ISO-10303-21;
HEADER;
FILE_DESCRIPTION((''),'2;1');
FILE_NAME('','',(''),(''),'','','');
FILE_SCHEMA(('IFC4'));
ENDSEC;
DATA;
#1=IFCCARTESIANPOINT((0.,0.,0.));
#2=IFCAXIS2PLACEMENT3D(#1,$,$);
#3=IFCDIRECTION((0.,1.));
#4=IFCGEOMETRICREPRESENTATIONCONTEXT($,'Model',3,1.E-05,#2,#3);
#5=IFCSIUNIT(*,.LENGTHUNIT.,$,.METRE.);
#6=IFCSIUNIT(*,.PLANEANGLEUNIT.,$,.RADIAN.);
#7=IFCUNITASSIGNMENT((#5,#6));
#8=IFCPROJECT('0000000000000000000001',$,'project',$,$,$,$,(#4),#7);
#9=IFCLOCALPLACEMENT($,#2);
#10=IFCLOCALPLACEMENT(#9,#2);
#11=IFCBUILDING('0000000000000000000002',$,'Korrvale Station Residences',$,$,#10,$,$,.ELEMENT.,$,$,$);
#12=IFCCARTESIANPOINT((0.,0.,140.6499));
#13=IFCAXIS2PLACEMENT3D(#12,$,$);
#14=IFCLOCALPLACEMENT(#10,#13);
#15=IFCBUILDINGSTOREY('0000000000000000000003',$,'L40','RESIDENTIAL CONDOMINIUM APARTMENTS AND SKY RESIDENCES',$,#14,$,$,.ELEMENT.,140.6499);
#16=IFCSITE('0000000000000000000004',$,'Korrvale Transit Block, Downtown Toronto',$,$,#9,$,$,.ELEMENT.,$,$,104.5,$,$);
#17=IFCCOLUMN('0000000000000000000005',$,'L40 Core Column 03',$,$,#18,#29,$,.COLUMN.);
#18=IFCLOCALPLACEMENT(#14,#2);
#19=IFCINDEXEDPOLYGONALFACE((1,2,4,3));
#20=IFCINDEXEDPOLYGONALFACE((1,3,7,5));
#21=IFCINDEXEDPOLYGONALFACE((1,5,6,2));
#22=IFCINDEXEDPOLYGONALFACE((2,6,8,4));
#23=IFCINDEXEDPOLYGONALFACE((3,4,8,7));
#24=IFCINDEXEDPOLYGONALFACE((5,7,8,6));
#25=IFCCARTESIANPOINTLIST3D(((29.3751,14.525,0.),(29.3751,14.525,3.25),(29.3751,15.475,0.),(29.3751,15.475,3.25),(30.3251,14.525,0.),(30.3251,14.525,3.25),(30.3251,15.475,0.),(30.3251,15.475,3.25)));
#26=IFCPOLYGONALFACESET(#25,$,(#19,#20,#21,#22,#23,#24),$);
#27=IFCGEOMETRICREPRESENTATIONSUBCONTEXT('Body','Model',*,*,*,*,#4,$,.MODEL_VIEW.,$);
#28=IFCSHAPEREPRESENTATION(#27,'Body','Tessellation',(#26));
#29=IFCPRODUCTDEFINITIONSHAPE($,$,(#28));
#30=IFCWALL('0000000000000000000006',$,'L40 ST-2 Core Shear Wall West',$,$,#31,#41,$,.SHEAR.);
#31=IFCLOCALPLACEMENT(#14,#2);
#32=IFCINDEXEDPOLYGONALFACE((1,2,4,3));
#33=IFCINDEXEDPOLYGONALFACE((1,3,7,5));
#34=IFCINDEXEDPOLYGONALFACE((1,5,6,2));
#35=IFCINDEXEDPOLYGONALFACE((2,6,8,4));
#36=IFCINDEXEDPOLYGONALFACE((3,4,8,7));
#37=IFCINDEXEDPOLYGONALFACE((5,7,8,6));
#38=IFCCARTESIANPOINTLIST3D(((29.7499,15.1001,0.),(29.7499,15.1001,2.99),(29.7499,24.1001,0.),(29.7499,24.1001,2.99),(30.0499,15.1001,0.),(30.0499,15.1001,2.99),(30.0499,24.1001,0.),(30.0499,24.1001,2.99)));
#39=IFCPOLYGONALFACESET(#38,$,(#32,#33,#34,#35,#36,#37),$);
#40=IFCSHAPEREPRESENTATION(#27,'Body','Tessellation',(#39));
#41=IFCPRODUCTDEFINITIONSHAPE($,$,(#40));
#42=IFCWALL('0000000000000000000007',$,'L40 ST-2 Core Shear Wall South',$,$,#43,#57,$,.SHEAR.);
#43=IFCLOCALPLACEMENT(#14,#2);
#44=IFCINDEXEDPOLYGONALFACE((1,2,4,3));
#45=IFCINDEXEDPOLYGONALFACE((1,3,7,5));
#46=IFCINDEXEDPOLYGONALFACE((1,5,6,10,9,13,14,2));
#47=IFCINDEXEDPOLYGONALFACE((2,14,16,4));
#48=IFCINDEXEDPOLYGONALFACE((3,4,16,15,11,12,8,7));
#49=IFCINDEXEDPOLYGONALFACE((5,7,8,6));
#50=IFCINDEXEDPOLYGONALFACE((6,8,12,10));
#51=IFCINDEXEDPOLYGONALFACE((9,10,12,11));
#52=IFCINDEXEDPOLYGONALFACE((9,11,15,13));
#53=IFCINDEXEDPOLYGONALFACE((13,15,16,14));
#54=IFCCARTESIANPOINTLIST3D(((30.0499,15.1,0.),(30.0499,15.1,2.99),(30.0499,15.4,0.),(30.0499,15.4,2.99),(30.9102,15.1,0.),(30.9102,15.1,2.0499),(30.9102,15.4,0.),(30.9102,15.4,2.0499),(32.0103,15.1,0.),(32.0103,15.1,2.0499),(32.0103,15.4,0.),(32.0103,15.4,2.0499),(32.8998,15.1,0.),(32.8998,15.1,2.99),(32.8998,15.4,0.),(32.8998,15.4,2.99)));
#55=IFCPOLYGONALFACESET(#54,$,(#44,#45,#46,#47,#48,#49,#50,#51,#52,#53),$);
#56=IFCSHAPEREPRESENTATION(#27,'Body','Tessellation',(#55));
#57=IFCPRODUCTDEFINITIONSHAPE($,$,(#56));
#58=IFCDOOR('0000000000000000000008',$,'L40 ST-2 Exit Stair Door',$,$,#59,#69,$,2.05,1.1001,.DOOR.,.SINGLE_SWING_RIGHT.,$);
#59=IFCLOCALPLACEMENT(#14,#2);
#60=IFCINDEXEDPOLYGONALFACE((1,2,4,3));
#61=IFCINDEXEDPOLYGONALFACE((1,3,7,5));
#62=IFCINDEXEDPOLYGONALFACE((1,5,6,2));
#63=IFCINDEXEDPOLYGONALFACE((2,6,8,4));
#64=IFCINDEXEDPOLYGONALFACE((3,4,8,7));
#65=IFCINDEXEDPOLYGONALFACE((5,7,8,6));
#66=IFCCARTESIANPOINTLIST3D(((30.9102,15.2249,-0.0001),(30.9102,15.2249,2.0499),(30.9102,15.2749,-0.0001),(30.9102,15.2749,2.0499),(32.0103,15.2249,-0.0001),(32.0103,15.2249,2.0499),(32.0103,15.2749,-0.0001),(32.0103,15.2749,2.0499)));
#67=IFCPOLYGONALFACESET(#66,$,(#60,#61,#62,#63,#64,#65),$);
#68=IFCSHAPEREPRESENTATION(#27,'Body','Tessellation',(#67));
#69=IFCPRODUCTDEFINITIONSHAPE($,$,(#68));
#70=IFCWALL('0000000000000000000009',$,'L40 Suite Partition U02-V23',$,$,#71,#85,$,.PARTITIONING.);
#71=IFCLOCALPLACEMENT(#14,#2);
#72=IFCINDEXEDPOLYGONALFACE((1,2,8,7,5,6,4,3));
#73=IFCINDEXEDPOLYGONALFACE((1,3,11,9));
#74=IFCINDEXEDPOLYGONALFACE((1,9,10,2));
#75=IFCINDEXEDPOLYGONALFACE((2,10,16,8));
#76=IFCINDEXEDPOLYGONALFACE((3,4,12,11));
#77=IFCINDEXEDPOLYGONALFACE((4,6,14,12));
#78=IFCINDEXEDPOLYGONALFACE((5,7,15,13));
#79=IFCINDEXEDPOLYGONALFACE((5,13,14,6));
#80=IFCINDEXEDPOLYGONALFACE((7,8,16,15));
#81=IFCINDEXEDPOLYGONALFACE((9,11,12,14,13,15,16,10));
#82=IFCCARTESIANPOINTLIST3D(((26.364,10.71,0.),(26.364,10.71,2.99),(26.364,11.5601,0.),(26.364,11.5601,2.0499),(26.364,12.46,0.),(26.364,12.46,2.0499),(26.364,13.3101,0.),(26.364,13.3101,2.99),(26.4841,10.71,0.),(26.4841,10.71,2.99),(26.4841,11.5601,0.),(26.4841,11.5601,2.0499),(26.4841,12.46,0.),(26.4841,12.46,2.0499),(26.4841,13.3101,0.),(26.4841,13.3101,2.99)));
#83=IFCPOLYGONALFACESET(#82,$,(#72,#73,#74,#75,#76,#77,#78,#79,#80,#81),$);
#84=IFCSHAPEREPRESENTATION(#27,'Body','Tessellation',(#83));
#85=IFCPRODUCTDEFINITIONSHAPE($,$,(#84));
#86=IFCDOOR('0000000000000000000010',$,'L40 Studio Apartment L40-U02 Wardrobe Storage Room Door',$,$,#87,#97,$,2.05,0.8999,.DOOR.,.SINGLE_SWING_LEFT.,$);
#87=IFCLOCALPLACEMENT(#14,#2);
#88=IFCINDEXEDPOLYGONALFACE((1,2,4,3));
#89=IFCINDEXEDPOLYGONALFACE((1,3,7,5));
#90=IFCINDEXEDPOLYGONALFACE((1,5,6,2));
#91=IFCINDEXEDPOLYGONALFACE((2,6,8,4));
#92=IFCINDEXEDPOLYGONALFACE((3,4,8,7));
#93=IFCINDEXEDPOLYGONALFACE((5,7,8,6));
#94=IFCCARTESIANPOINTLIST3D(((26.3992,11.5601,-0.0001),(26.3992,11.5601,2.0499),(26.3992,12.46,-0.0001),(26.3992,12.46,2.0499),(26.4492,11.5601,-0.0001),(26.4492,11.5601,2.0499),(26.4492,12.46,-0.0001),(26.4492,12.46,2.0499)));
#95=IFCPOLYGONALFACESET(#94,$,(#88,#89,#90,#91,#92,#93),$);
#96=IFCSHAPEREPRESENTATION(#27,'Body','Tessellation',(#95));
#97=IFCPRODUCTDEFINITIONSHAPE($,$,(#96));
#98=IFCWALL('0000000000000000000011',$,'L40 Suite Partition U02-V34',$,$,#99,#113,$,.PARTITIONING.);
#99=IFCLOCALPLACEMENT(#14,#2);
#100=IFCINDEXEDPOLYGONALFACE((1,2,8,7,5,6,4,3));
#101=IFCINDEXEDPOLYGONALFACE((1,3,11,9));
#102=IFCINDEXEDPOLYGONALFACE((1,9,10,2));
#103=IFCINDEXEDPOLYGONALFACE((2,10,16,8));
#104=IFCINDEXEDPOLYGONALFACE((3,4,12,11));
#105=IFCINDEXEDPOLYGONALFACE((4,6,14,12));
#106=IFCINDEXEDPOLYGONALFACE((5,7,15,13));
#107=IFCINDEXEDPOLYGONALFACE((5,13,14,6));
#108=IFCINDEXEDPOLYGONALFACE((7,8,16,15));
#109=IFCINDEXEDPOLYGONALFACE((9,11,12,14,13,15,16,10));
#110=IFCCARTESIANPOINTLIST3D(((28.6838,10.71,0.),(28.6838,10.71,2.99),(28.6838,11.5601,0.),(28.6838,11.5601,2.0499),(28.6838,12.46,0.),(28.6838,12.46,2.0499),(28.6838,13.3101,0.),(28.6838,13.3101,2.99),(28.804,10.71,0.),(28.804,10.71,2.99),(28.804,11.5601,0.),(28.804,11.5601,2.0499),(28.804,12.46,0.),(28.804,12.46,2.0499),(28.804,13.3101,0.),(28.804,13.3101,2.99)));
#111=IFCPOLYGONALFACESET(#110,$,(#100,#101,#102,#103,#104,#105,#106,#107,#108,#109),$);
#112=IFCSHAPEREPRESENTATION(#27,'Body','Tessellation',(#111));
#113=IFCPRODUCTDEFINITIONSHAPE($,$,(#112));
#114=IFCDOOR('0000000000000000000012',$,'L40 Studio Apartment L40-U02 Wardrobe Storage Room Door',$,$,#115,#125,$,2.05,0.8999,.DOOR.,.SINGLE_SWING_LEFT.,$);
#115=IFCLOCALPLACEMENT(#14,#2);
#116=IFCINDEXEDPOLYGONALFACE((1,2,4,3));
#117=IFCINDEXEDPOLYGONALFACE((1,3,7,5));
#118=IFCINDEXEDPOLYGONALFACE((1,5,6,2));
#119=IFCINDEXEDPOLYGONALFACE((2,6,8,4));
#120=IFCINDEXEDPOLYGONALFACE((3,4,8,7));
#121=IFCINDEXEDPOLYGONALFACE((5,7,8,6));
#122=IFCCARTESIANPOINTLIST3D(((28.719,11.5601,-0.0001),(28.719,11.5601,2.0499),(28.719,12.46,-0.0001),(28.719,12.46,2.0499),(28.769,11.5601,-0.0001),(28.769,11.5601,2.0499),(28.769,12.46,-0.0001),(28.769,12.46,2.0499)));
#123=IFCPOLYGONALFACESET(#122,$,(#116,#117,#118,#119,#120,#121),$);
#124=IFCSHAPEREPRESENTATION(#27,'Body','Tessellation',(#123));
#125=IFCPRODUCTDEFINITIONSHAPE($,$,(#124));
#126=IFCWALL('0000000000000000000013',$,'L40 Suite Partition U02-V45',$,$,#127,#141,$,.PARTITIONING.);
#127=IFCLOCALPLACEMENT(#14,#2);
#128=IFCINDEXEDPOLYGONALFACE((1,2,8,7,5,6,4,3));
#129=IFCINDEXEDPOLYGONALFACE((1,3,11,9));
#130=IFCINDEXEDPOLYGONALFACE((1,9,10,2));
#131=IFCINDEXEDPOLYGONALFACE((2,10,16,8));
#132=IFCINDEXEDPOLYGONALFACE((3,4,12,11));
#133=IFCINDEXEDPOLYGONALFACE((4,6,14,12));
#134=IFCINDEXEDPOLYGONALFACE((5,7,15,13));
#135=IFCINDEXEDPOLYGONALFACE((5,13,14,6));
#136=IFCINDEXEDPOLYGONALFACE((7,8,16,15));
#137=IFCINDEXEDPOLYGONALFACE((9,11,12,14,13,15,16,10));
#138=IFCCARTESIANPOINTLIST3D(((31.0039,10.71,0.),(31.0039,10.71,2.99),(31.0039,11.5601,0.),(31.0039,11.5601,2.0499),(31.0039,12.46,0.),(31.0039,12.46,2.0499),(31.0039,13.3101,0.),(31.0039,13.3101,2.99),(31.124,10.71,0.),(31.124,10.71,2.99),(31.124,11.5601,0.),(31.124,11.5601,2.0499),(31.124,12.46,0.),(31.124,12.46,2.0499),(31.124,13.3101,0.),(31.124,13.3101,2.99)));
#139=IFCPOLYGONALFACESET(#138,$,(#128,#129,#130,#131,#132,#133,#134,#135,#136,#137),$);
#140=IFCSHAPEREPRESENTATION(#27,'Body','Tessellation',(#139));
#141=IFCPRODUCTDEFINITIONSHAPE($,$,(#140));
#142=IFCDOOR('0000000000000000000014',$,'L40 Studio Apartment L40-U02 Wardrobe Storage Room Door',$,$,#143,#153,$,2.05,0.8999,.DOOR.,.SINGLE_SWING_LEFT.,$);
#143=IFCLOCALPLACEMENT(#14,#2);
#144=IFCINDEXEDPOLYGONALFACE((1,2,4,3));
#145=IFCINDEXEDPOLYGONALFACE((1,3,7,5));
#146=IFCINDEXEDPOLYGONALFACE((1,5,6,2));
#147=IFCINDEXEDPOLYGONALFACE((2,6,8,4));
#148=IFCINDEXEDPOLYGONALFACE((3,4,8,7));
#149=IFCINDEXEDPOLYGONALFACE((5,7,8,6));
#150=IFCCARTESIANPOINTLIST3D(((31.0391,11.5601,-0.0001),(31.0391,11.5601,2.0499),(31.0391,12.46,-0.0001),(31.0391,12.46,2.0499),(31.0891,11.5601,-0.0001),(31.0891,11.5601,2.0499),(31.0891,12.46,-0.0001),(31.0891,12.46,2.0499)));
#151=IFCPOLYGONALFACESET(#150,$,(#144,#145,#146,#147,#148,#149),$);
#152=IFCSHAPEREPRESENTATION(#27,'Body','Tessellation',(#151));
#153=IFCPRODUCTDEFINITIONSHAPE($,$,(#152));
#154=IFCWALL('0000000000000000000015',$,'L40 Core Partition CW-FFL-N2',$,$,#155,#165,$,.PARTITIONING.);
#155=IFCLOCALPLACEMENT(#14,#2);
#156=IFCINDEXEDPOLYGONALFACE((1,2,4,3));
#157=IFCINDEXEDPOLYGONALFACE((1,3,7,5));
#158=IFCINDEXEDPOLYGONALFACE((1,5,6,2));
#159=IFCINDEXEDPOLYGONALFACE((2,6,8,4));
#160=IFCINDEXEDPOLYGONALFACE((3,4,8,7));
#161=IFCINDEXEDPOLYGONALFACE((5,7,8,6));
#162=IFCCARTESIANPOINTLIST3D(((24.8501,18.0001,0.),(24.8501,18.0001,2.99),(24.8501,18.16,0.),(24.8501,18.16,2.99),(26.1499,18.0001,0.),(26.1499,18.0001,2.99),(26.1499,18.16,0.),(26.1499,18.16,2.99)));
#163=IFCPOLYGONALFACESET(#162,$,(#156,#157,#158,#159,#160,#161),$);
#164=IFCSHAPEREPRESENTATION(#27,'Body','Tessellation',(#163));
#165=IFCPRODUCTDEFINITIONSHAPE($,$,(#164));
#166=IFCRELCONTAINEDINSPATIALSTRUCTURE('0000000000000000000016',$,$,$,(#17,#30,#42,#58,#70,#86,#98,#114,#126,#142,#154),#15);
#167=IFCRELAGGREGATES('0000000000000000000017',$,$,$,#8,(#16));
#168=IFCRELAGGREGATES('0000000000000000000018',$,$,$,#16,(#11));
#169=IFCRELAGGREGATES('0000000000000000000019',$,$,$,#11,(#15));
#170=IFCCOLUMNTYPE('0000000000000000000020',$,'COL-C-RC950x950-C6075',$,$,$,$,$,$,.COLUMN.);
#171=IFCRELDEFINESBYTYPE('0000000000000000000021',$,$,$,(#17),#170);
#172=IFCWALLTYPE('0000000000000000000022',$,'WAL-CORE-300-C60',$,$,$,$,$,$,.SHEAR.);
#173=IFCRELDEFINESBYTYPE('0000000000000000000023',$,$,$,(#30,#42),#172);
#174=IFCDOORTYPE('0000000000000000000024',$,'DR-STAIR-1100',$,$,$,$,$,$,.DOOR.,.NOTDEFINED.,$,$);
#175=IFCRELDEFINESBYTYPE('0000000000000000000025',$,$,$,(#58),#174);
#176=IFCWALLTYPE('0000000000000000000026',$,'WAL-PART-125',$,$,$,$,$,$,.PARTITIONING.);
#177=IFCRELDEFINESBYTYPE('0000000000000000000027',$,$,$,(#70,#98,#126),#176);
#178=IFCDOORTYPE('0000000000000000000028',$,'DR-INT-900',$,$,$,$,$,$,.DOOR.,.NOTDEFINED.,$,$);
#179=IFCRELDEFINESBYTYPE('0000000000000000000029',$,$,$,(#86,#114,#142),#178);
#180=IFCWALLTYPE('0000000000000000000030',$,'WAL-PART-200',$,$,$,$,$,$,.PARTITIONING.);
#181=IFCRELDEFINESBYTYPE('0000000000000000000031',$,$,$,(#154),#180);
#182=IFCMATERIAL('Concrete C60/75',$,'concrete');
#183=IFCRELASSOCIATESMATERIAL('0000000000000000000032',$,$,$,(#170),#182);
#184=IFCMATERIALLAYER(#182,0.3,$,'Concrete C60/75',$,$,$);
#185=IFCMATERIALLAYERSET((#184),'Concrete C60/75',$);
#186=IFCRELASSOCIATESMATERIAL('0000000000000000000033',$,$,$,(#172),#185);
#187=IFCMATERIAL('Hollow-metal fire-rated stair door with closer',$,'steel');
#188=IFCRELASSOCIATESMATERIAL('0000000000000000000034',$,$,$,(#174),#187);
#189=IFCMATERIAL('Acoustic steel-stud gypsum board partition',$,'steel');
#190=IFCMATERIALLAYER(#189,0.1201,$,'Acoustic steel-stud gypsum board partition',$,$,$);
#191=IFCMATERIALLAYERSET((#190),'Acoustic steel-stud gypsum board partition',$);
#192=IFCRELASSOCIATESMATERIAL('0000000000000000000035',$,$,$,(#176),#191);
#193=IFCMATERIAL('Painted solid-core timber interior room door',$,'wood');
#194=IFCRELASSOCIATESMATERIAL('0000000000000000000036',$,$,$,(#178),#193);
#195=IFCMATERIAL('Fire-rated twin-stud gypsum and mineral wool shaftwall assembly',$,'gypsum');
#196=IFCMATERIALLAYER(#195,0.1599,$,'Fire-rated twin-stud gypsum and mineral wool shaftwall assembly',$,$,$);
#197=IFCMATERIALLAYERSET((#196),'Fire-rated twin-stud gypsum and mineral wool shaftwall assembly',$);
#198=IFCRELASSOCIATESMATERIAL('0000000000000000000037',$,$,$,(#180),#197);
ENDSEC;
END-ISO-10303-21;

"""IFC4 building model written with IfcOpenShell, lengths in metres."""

from ifc_helpers import new_model, si_unit, direction, frame, frame_2d, origin, origin_2d, place, context, subcontext, project, spatial, rectangle, extrude, material, layer, layer_set, material_profile, profile_set, type_object, element, fill, save


model = new_model("IFC4")

# Units and contexts
model_context = context("Model", 3, precision=1e-05, world=origin(), true_north=direction((0.0, 1.0)))
body_context = subcontext(model_context, "Body", "Model", "MODEL_VIEW")
ifc_project = project(units=[si_unit("LENGTHUNIT", "METRE"), si_unit("PLANEANGLEUNIT", "RADIAN")], contexts=[model_context])

# Site, building, storey
site_placement = place(None, origin())
site = spatial("IfcSite", under=ifc_project, at=site_placement, Name="Korrvale Transit Block, Downtown Toronto", CompositionType="ELEMENT", RefElevation=104.5)
building_placement = place(site_placement, origin())
building = spatial("IfcBuilding", under=site, at=building_placement, Name="Korrvale Station Residences", CompositionType="ELEMENT")
storey_placement = place(building_placement, frame((0.0, 0.0, 140.6499)))
storey = spatial("IfcBuildingStorey", under=building, at=storey_placement, Name="L40", Description="RESIDENTIAL CONDOMINIUM APARTMENTS AND SKY RESIDENCES", CompositionType="ELEMENT", Elevation=140.6499)

# Column
ifc_material_1 = material(Name="Concrete C60/75", Category="concrete")
ifc_material_profile = material_profile(ifc_material_1, rectangle(XDim=0.95, YDim=0.95, at=origin_2d()), Name="RC950x950")
ifc_profile_set = profile_set([ifc_material_profile], Name="Concrete C60/75")
column_type = type_object("IfcColumnType", Name="COL-C-RC950x950-C6075", PredefinedType="COLUMN", material=ifc_profile_set)
column_placement = place(storey_placement, frame((29.8501, 15.0, 0.0), z_axis=(0.0, 0.0, 1.0), x_axis=(1.0, 0.0, 0.0)))
element("IfcColumn", 1, at=column_placement, inside=storey, type_object=column_type, Name="L40 Core Column 03", PredefinedType="COLUMN", context=body_context, shape_type="SweptSolid", body=[
    extrude(rectangle(XDim=0.95, YDim=0.95, at=origin_2d()), origin(), (0.0, 0.0, 1.0), 3.25),
])

# Wall
ifc_layer_1 = layer(ifc_material_1, 0.3, Name="Concrete C60/75")
ifc_layer_set_1 = layer_set([ifc_layer_1], Name="Concrete C60/75")
wall_type_1 = type_object("IfcWallType", Name="WAL-CORE-300-C60", PredefinedType="SHEAR", material=ifc_layer_set_1)
wall_1_placement = place(storey_placement, frame((29.8999, 15.1001, 0.0), z_axis=(0.0, 0.0, 1.0), x_axis=(0.0, 1.0, 0.0)))
element("IfcWall", 2, at=wall_1_placement, inside=storey, type_object=wall_type_1, Name="L40 ST-2 Core Shear Wall West", PredefinedType="SHEAR", context=body_context, shape_type="SweptSolid", body=[
    extrude(rectangle(XDim=9.0, YDim=0.3, at=frame_2d((4.5, 0.0))), origin(), (0.0, 0.0, 1.0), 2.99),
])

# Walls, openings, doors
wall_2_placement = place(storey_placement, frame((30.05, 15.25, 0.0), z_axis=(0.0, 0.0, 1.0), x_axis=(1.0, 0.0, 0.0)))
wall_2 = element("IfcWall", 3, at=wall_2_placement, inside=storey, type_object=wall_type_1, Name="L40 ST-2 Core Shear Wall South", PredefinedType="SHEAR", context=body_context, shape_type="SweptSolid", body=[
    extrude(rectangle(XDim=2.8499, YDim=0.3, at=frame_2d((1.4248, 0.0))), origin(), (0.0, 0.0, 1.0), 2.99),
])
opening_1_placement = place(wall_2_placement, frame((0.8601, 0.0, 0.0)))
opening_1 = element("IfcOpeningElement", 4, at=opening_1_placement, cuts=wall_2, PredefinedType="OPENING", context=body_context, shape_type="SweptSolid", body=[
    extrude(rectangle(XDim=1.1001, YDim=2.05, at=frame_2d((0.55, 1.0249))), frame((0.0, 0.1602, 0.0), z_axis=(0.0, -1.0, 0.0), x_axis=(1.0, 0.0, 0.0)), (0.0, 0.0, 1.0), 0.3201),
])
ifc_material_2 = material(Name="Hollow-metal fire-rated stair door with closer", Category="steel")
door_type_1 = type_object("IfcDoorType", Name="DR-STAIR-1100", OperationType="NOTDEFINED", PredefinedType="DOOR", material=ifc_material_2)
door_1_placement = place(opening_1_placement, origin())
door_1 = element("IfcDoor", 5, at=door_1_placement, inside=storey, type_object=door_type_1, Name="L40 ST-2 Exit Stair Door", OperationType="SINGLE_SWING_RIGHT", OverallHeight=2.05, OverallWidth=1.1001, PredefinedType="DOOR", context=body_context, shape_type="SweptSolid", body=[
    extrude(rectangle(XDim=1.1001, YDim=2.05, at=frame_2d((0.55, 1.0249))), frame((0.0, 0.0249, 0.0), z_axis=(0.0, -1.0, 0.0), x_axis=(1.0, 0.0, 0.0)), (0.0, 0.0, 1.0), 0.05),
])
fill(opening_1, door_1)
ifc_material_3 = material(Name="Acoustic steel-stud gypsum board partition", Category="steel")
ifc_layer_2 = layer(ifc_material_3, 0.1201, Name="Acoustic steel-stud gypsum board partition")
ifc_layer_set_2 = layer_set([ifc_layer_2], Name="Acoustic steel-stud gypsum board partition")
wall_type_2 = type_object("IfcWallType", Name="WAL-PART-125", PredefinedType="PARTITIONING", material=ifc_layer_set_2)
wall_3_placement = place(storey_placement, frame((26.4241, 10.71, 0.0), z_axis=(0.0, 0.0, 1.0), x_axis=(0.0, 1.0, 0.0)))
wall_3 = element("IfcWall", 6, at=wall_3_placement, inside=storey, type_object=wall_type_2, Name="L40 Suite Partition U02-V23", PredefinedType="PARTITIONING", context=body_context, shape_type="SweptSolid", body=[
    extrude(rectangle(XDim=2.6001, YDim=0.1201, at=frame_2d((1.3, 0.0))), origin(), (0.0, 0.0, 1.0), 2.99),
])
opening_2_placement = place(wall_3_placement, frame((0.8501, 0.0, 0.0)))
opening_2 = element("IfcOpeningElement", 7, at=opening_2_placement, cuts=wall_3, PredefinedType="OPENING", context=body_context, shape_type="SweptSolid", body=[
    extrude(rectangle(XDim=0.8999, YDim=2.05, at=frame_2d((0.45, 1.0249))), frame((0.0, 0.0701, 0.0), z_axis=(0.0, -1.0, 0.0), x_axis=(1.0, 0.0, 0.0)), (0.0, 0.0, 1.0), 0.1401),
])
ifc_material_4 = material(Name="Painted solid-core timber interior room door", Category="wood")
door_type_2 = type_object("IfcDoorType", Name="DR-INT-900", OperationType="NOTDEFINED", PredefinedType="DOOR", material=ifc_material_4)
door_2_placement = place(opening_2_placement, origin())
door_2 = element("IfcDoor", 8, at=door_2_placement, inside=storey, type_object=door_type_2, Name="L40 Studio Apartment L40-U02 Wardrobe Storage Room Door", OperationType="SINGLE_SWING_LEFT", OverallHeight=2.05, OverallWidth=0.8999, PredefinedType="DOOR", context=body_context, shape_type="SweptSolid", body=[
    extrude(rectangle(XDim=0.8999, YDim=2.05, at=frame_2d((0.45, 1.0249))), frame((0.0, 0.0249, 0.0), z_axis=(0.0, -1.0, 0.0), x_axis=(1.0, 0.0, 0.0)), (0.0, 0.0, 1.0), 0.05),
])
fill(opening_2, door_2)
wall_4_placement = place(storey_placement, frame((28.7439, 10.71, 0.0), z_axis=(0.0, 0.0, 1.0), x_axis=(0.0, 1.0, 0.0)))
wall_4 = element("IfcWall", 9, at=wall_4_placement, inside=storey, type_object=wall_type_2, Name="L40 Suite Partition U02-V34", PredefinedType="PARTITIONING", context=body_context, shape_type="SweptSolid", body=[
    extrude(rectangle(XDim=2.6001, YDim=0.1201, at=frame_2d((1.3, 0.0))), origin(), (0.0, 0.0, 1.0), 2.99),
])
opening_3_placement = place(wall_4_placement, frame((0.8501, 0.0, 0.0)))
opening_3 = element("IfcOpeningElement", 10, at=opening_3_placement, cuts=wall_4, PredefinedType="OPENING", context=body_context, shape_type="SweptSolid", body=[
    extrude(rectangle(XDim=0.8999, YDim=2.05, at=frame_2d((0.45, 1.0249))), frame((0.0, 0.0701, 0.0), z_axis=(0.0, -1.0, 0.0), x_axis=(1.0, 0.0, 0.0)), (0.0, 0.0, 1.0), 0.1401),
])
door_3_placement = place(opening_3_placement, origin())
door_3 = element("IfcDoor", 11, at=door_3_placement, inside=storey, type_object=door_type_2, Name="L40 Studio Apartment L40-U02 Wardrobe Storage Room Door", OperationType="SINGLE_SWING_LEFT", OverallHeight=2.05, OverallWidth=0.8999, PredefinedType="DOOR", context=body_context, shape_type="SweptSolid", body=[
    extrude(rectangle(XDim=0.8999, YDim=2.05, at=frame_2d((0.45, 1.0249))), frame((0.0, 0.0249, 0.0), z_axis=(0.0, -1.0, 0.0), x_axis=(1.0, 0.0, 0.0)), (0.0, 0.0, 1.0), 0.05),
])
fill(opening_3, door_3)
wall_5_placement = place(storey_placement, frame((31.064, 10.71, 0.0), z_axis=(0.0, 0.0, 1.0), x_axis=(0.0, 1.0, 0.0)))
wall_5 = element("IfcWall", 12, at=wall_5_placement, inside=storey, type_object=wall_type_2, Name="L40 Suite Partition U02-V45", PredefinedType="PARTITIONING", context=body_context, shape_type="SweptSolid", body=[
    extrude(rectangle(XDim=2.6001, YDim=0.1201, at=frame_2d((1.3, 0.0))), origin(), (0.0, 0.0, 1.0), 2.99),
])
opening_4_placement = place(wall_5_placement, frame((0.8501, 0.0, 0.0)))
opening_4 = element("IfcOpeningElement", 13, at=opening_4_placement, cuts=wall_5, PredefinedType="OPENING", context=body_context, shape_type="SweptSolid", body=[
    extrude(rectangle(XDim=0.8999, YDim=2.05, at=frame_2d((0.45, 1.0249))), frame((0.0, 0.0701, 0.0), z_axis=(0.0, -1.0, 0.0), x_axis=(1.0, 0.0, 0.0)), (0.0, 0.0, 1.0), 0.1401),
])
door_4_placement = place(opening_4_placement, origin())
door_4 = element("IfcDoor", 14, at=door_4_placement, inside=storey, type_object=door_type_2, Name="L40 Studio Apartment L40-U02 Wardrobe Storage Room Door", OperationType="SINGLE_SWING_LEFT", OverallHeight=2.05, OverallWidth=0.8999, PredefinedType="DOOR", context=body_context, shape_type="SweptSolid", body=[
    extrude(rectangle(XDim=0.8999, YDim=2.05, at=frame_2d((0.45, 1.0249))), frame((0.0, 0.0249, 0.0), z_axis=(0.0, -1.0, 0.0), x_axis=(1.0, 0.0, 0.0)), (0.0, 0.0, 1.0), 0.05),
])
fill(opening_4, door_4)

# Wall
ifc_material_5 = material(Name="Fire-rated twin-stud gypsum and mineral wool shaftwall assembly", Category="gypsum")
ifc_layer_3 = layer(ifc_material_5, 0.1599, Name="Fire-rated twin-stud gypsum and mineral wool shaftwall assembly")
ifc_layer_set_3 = layer_set([ifc_layer_3], Name="Fire-rated twin-stud gypsum and mineral wool shaftwall assembly")
wall_type_3 = type_object("IfcWallType", Name="WAL-PART-200", PredefinedType="PARTITIONING", material=ifc_layer_set_3)
wall_6_placement = place(storey_placement, frame((24.8501, 18.0801, 0.0), z_axis=(0.0, 0.0, 1.0), x_axis=(1.0, 0.0, 0.0)))
element("IfcWall", 15, at=wall_6_placement, inside=storey, type_object=wall_type_3, Name="L40 Core Partition CW-FFL-N2", PredefinedType="PARTITIONING", context=body_context, shape_type="SweptSolid", body=[
    extrude(rectangle(XDim=1.2998, YDim=0.1599, at=frame_2d((0.6499, 0.0))), origin(), (0.0, 0.0, 1.0), 2.99),
])

save(model, "model.ifc")
